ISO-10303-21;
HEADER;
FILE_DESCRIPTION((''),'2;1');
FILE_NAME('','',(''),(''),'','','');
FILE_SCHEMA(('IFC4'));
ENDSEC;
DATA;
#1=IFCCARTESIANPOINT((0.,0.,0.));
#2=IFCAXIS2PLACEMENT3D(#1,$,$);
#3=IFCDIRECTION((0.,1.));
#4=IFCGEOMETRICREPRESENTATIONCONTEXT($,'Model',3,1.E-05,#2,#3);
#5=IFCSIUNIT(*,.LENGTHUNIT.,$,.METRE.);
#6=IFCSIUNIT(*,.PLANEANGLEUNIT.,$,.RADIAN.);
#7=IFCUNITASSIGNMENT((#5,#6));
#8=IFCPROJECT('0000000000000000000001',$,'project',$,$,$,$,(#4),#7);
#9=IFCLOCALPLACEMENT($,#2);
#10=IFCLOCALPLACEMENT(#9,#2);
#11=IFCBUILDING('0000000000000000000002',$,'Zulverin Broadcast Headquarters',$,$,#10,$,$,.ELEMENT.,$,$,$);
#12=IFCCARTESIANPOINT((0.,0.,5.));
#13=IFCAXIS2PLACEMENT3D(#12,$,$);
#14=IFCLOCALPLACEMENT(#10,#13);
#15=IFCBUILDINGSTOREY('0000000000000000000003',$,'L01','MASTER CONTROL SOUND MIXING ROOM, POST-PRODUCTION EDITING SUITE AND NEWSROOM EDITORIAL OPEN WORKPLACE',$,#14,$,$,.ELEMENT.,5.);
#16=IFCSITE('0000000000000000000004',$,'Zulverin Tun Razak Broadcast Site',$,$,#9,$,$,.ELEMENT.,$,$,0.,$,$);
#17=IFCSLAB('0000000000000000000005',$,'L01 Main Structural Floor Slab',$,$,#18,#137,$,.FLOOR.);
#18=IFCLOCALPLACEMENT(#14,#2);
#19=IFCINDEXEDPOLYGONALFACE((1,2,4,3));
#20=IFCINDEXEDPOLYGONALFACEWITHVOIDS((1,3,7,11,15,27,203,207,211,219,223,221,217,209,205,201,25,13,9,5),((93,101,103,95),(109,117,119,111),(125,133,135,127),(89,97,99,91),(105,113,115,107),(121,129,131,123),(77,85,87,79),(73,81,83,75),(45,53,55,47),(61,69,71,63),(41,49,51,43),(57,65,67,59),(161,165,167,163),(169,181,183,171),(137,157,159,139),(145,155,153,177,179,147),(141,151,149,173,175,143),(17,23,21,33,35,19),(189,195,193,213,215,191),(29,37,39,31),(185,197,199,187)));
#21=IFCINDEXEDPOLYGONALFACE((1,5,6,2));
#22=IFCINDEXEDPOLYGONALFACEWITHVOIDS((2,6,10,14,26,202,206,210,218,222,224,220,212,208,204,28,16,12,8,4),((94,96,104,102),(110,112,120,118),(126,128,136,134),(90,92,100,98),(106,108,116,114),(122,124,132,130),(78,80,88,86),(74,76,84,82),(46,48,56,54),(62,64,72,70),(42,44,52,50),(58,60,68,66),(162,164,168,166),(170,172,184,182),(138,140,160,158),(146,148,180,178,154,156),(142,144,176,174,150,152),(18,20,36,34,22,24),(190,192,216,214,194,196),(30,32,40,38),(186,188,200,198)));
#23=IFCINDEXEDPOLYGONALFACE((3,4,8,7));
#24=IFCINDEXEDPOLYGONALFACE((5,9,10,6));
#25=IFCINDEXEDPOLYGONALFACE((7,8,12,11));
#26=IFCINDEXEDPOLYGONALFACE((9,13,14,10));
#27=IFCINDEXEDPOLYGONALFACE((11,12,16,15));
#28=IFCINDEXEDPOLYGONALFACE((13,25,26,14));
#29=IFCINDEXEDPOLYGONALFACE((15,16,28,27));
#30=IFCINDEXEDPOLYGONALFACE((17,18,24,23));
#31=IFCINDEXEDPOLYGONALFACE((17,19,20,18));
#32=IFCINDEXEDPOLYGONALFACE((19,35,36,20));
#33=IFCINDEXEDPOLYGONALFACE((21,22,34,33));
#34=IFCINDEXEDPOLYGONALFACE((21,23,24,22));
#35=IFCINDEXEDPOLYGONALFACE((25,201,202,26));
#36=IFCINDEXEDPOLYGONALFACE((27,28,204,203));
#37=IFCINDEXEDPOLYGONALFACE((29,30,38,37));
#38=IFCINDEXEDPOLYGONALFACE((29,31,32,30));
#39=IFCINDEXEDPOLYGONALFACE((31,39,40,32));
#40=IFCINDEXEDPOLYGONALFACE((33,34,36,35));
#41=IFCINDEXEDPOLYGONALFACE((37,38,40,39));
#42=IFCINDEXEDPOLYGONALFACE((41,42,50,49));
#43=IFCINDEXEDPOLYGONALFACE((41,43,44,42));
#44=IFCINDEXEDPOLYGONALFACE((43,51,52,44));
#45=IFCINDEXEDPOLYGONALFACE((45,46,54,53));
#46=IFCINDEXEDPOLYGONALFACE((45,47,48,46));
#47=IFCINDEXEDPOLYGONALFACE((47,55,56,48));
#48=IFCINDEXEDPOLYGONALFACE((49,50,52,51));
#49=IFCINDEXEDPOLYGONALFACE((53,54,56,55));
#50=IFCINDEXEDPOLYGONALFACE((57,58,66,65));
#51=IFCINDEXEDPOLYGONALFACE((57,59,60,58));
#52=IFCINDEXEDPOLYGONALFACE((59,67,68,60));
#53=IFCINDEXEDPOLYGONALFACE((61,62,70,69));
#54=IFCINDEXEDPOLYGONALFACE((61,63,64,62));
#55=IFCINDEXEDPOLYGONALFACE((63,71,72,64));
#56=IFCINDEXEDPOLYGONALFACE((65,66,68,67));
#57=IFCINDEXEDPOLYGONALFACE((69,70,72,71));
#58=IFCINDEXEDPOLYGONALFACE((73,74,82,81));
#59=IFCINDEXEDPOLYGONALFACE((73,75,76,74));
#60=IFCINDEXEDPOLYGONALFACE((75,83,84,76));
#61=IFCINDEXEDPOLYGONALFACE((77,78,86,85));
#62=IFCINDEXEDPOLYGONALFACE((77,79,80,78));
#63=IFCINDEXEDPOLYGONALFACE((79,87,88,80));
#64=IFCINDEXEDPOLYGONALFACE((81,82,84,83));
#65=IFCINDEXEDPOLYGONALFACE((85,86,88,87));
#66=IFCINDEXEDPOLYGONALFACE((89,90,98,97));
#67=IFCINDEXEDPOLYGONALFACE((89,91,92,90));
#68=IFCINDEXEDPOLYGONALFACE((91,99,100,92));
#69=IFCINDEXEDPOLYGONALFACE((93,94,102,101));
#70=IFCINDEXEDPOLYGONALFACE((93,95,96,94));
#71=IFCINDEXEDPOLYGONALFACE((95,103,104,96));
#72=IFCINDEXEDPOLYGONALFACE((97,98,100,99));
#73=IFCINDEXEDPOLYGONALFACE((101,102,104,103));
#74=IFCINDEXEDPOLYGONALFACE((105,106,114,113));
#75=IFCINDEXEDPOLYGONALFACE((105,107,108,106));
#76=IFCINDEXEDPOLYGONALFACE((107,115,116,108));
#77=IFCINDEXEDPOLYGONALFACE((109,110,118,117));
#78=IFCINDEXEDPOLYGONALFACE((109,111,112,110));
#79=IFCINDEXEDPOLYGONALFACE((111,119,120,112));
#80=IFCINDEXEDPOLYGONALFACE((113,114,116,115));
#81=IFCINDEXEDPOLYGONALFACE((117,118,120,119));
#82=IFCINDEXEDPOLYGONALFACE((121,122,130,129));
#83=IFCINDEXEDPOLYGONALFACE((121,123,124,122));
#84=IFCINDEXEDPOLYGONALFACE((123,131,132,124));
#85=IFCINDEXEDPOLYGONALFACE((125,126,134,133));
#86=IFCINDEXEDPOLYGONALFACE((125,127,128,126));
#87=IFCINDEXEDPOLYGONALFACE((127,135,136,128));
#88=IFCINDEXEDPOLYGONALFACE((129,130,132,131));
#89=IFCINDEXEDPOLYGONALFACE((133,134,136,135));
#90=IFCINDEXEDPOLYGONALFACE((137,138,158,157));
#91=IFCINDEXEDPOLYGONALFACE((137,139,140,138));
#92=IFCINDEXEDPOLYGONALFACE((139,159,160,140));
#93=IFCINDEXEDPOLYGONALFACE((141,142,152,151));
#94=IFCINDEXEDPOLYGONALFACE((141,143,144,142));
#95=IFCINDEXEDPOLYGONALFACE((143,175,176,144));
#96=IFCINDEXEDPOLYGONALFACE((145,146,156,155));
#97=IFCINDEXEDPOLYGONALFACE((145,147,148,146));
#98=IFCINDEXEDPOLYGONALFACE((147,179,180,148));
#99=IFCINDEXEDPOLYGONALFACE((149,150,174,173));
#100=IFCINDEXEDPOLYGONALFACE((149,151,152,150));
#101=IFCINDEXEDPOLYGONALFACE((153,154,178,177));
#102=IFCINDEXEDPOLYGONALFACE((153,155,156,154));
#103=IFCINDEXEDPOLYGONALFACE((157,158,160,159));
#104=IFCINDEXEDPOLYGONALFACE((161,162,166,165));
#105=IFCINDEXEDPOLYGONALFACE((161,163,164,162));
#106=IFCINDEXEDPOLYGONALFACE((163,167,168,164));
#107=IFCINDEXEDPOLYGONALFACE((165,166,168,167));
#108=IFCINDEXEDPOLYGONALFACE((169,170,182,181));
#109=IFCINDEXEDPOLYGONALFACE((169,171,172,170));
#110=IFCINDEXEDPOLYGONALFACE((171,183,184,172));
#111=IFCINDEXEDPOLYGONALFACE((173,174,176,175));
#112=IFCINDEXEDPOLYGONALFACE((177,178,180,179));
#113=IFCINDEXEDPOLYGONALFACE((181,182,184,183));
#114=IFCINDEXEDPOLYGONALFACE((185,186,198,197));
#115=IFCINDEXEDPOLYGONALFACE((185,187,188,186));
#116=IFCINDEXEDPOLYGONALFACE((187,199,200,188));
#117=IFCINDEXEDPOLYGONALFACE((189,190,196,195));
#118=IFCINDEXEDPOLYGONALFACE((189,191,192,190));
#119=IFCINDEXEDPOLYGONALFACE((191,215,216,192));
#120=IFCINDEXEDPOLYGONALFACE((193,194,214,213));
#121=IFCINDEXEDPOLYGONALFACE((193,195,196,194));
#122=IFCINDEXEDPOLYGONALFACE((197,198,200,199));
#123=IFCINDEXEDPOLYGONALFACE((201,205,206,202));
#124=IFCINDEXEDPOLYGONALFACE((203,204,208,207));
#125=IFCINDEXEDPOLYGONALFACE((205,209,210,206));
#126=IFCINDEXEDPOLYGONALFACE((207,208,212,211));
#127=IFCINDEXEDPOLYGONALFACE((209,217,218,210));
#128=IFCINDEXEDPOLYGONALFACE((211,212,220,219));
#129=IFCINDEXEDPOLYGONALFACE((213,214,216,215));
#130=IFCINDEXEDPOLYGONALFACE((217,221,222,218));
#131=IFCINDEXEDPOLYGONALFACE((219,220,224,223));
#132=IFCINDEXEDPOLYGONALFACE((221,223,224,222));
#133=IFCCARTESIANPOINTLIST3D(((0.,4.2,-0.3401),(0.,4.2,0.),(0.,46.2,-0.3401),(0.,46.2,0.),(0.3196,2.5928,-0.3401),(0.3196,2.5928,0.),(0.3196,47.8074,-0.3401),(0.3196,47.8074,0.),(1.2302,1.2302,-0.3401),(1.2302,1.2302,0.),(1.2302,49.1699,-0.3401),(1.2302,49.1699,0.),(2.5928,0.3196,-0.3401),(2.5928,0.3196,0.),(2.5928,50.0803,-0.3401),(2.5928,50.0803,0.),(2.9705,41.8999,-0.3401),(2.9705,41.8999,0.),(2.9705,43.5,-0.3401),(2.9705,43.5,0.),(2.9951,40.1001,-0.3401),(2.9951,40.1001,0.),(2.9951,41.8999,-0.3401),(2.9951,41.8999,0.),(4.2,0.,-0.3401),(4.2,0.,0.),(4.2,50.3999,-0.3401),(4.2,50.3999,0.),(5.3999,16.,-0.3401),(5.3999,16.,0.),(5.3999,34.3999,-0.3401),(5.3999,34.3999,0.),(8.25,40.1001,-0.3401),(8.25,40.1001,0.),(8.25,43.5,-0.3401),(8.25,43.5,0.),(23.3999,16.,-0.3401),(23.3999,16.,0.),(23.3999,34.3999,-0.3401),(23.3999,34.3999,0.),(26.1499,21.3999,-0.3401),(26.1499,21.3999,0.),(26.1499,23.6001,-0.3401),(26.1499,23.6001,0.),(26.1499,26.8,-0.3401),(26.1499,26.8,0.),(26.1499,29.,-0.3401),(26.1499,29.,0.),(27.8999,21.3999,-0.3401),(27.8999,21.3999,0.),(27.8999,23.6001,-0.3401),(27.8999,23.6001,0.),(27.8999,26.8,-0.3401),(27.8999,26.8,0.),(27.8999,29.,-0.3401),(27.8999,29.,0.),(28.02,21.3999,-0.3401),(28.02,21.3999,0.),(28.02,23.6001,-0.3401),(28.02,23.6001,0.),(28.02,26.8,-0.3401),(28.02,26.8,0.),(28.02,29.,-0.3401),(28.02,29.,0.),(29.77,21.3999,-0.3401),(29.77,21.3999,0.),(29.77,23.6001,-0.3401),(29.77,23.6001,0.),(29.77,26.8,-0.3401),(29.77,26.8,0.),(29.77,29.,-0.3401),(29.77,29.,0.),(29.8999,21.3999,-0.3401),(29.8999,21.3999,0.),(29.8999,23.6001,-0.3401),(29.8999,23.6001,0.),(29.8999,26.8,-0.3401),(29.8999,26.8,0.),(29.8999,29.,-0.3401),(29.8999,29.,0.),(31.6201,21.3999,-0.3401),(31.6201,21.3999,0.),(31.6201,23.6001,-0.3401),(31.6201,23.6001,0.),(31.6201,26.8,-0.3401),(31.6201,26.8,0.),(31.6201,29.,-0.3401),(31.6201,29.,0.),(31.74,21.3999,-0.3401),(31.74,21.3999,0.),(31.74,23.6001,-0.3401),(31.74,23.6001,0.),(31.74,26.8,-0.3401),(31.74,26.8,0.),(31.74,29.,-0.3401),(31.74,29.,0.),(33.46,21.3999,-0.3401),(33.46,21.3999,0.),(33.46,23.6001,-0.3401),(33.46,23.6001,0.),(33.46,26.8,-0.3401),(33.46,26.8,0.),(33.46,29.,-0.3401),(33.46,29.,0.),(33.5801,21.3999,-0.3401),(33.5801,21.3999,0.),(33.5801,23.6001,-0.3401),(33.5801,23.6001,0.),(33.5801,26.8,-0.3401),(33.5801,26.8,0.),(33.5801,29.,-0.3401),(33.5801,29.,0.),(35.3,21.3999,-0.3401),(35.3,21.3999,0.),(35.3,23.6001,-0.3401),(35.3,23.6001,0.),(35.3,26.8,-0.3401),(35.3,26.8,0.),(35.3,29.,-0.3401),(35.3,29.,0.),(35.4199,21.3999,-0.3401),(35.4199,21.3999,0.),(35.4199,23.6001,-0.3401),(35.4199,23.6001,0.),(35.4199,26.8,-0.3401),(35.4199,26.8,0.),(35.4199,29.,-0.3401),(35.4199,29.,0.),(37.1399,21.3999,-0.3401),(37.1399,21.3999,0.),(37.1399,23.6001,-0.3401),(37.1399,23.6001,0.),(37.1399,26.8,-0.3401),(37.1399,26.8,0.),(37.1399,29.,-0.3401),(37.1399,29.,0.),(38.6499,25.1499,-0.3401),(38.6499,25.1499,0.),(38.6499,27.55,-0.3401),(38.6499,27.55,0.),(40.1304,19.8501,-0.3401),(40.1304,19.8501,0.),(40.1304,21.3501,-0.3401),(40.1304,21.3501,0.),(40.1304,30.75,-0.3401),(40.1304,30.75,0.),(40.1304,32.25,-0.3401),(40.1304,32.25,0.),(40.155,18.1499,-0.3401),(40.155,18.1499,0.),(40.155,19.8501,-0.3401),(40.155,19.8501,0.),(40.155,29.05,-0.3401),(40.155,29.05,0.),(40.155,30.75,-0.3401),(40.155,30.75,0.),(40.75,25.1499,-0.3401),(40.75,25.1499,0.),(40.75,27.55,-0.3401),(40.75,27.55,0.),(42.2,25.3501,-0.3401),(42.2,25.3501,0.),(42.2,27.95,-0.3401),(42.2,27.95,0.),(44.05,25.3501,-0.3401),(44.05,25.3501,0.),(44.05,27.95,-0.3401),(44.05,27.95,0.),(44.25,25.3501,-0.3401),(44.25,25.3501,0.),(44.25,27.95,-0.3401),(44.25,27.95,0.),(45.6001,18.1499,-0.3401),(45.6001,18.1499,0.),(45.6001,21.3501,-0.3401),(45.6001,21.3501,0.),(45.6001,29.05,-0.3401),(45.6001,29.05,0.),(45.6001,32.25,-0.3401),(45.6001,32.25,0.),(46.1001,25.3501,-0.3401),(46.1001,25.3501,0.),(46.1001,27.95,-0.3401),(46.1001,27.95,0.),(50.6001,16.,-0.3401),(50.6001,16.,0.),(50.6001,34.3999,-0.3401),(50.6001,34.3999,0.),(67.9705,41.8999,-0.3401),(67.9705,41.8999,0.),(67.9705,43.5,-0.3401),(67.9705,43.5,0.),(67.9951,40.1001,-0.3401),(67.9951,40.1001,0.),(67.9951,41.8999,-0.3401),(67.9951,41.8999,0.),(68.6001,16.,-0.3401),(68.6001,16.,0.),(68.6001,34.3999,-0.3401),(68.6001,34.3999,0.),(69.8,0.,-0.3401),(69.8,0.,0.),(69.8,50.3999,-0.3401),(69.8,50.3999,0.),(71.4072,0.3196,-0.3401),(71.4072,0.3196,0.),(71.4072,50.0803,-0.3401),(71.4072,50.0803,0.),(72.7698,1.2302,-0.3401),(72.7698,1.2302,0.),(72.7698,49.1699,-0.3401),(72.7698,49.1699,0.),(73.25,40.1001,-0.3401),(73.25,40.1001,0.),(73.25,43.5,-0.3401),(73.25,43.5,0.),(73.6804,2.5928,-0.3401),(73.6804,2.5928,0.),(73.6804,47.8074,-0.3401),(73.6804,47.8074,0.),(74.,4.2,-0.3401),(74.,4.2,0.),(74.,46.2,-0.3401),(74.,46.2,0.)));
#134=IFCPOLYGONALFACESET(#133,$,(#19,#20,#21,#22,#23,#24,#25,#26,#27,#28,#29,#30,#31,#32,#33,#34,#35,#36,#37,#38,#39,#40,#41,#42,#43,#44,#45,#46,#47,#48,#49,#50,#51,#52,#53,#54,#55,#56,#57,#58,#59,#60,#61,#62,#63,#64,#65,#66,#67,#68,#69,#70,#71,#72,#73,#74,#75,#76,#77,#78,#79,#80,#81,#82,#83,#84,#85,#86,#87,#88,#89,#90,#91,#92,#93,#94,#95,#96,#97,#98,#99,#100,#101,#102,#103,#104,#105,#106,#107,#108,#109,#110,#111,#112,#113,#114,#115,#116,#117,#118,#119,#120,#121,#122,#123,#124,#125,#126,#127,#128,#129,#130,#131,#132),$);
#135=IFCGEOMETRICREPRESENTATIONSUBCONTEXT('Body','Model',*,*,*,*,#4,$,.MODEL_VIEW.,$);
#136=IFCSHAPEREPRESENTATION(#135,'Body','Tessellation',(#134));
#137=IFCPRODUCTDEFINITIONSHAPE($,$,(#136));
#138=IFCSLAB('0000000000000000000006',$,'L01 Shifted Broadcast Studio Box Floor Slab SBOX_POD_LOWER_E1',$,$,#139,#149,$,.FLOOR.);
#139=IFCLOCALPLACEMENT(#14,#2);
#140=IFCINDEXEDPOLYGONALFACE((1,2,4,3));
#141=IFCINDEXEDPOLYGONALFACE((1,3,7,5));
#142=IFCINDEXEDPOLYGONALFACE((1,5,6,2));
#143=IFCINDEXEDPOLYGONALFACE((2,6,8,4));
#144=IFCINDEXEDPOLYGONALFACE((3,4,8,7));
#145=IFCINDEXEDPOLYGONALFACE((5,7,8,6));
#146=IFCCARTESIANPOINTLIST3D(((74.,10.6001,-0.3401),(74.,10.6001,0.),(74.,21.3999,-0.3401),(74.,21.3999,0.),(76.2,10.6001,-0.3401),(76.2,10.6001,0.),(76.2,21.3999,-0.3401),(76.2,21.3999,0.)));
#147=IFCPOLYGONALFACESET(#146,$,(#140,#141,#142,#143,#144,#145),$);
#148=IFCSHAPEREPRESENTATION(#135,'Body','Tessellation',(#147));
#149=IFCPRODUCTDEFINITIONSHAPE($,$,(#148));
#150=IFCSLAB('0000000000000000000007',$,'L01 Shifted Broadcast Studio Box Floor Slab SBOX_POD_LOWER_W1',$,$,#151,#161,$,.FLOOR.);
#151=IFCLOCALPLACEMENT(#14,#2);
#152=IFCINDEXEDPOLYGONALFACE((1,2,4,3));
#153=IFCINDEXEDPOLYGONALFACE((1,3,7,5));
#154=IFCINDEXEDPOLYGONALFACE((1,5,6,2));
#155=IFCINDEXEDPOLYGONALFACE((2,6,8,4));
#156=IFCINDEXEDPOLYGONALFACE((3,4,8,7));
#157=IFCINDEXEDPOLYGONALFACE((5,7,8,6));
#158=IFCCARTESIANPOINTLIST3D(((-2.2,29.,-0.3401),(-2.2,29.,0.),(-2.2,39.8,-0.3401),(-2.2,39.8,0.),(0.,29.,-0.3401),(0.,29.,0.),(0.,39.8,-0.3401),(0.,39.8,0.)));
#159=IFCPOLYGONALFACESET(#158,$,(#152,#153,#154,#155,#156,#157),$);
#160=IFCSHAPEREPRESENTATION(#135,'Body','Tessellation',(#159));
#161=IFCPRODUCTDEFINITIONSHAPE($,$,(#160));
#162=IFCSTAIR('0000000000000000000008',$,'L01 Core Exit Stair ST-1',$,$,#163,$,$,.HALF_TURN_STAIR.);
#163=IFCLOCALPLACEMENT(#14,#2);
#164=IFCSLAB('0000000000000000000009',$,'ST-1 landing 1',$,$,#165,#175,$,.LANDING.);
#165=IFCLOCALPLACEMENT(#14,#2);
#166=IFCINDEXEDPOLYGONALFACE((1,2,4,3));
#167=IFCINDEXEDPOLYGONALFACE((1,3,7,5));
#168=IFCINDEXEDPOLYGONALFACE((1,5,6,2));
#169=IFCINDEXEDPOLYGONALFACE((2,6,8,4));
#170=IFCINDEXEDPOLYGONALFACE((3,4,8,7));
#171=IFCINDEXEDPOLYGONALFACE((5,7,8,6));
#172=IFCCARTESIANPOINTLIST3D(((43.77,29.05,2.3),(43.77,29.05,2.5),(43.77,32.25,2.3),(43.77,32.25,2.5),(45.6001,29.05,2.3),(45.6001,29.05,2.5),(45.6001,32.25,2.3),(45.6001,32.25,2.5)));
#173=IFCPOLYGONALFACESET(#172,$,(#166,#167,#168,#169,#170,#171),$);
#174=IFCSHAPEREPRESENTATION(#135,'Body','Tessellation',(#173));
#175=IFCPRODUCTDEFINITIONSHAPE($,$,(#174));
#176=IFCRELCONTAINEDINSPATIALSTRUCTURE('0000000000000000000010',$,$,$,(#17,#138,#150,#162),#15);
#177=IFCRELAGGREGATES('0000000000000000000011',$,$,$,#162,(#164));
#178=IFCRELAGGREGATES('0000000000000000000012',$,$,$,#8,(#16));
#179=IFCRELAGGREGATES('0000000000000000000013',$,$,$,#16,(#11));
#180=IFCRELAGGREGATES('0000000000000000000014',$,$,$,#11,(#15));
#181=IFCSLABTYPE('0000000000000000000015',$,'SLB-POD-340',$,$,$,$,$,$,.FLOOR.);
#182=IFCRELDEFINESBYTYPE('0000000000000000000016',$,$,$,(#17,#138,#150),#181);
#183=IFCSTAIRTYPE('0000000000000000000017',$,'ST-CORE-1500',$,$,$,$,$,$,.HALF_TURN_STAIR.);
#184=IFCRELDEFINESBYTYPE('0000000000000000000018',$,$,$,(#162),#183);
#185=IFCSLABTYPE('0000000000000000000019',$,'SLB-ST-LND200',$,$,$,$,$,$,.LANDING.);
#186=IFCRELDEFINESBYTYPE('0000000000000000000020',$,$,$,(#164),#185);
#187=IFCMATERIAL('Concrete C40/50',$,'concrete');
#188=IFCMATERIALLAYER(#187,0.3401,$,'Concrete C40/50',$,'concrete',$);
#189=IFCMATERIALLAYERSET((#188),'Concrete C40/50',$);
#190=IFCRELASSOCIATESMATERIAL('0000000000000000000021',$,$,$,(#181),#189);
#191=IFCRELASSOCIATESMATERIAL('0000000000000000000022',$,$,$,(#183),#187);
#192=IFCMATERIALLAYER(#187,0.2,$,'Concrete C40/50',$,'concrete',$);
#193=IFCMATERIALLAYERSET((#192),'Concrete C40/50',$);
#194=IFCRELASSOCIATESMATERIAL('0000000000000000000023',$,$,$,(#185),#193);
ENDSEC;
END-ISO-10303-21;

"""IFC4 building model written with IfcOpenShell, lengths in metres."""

from ifc_helpers import new_model, si_unit, direction, frame, origin, place, context, subcontext, project, spatial, polyline, outline, extrude, material, layer, layer_set, type_object, element, aggregate, save


model = new_model("IFC4")

# Units and contexts
model_context = context("Model", 3, precision=1e-05, world=origin(), true_north=direction((0.0, 1.0)))
body_context = subcontext(model_context, "Body", "Model", "MODEL_VIEW")
ifc_project = project(units=[si_unit("LENGTHUNIT", "METRE"), si_unit("PLANEANGLEUNIT", "RADIAN")], contexts=[model_context])

# Site, building, storey
site_placement = place(None, origin())
site = spatial("IfcSite", under=ifc_project, at=site_placement, Name="Zulverin Tun Razak Broadcast Site", CompositionType="ELEMENT", RefElevation=0.0)
building_placement = place(site_placement, origin())
building = spatial("IfcBuilding", under=site, at=building_placement, Name="Zulverin Broadcast Headquarters", CompositionType="ELEMENT")
storey_placement = place(building_placement, frame((0.0, 0.0, 5.0)))
storey = spatial("IfcBuildingStorey", under=building, at=storey_placement, Name="L01", Description="MASTER CONTROL SOUND MIXING ROOM, POST-PRODUCTION EDITING SUITE AND NEWSROOM EDITORIAL OPEN WORKPLACE", CompositionType="ELEMENT", Elevation=5.0)

# Slabs
ifc_material_1 = material(Name="Concrete C40/50", Category="concrete")
ifc_layer_1 = layer(ifc_material_1, 0.3401, Name="Concrete C40/50", Category="concrete")
ifc_layer_set_1 = layer_set([ifc_layer_1], Name="Concrete C40/50")
slab_type_1 = type_object("IfcSlabType", Name="SLB-POD-340", PredefinedType="FLOOR", material=ifc_layer_set_1)
slab_1_placement = place(storey_placement, frame((0.0, 0.0, -0.3401)))
element("IfcSlab", 1, at=slab_1_placement, inside=storey, type_object=slab_type_1, Name="L01 Main Structural Floor Slab", PredefinedType="FLOOR", context=body_context, shape_type="SweptSolid", body=[
    extrude(outline(polyline([(69.8, 0.0), (71.4072, 0.3196), (72.7698, 1.2302), (73.6804, 2.5928), (74.0, 4.2), (74.0, 46.2), (73.6804, 47.8074), (72.7698, 49.1699), (71.4072, 50.0803), (69.8, 50.3999), (4.2, 50.3999), (2.5928, 50.0803), (1.2302, 49.1699), (0.3196, 47.8074), (0.0, 46.2), (0.0, 4.2), (0.3196, 2.5928), (1.2302, 1.2302), (2.5928, 0.3196), (4.2, 0.0), (69.8, 0.0)]), holes=[polyline([(40.155, 30.75), (40.1304, 30.75), (40.1304, 32.25), (45.6001, 32.25), (45.6001, 29.05), (40.155, 29.05), (40.155, 30.75)]), polyline([(40.155, 19.8501), (40.1304, 19.8501), (40.1304, 21.3501), (45.6001, 21.3501), (45.6001, 18.1499), (40.155, 18.1499), (40.155, 19.8501)]), polyline([(2.9951, 41.8999), (2.9705, 41.8999), (2.9705, 43.5), (8.25, 43.5), (8.25, 40.1001), (2.9951, 40.1001), (2.9951, 41.8999)]), polyline([(67.9951, 41.8999), (67.9705, 41.8999), (67.9705, 43.5), (73.25, 43.5), (73.25, 40.1001), (67.9951, 40.1001), (67.9951, 41.8999)]), polyline([(26.1499, 26.8), (27.8999, 26.8), (27.8999, 29.0), (26.1499, 29.0), (26.1499, 26.8)]), polyline([(28.02, 26.8), (29.77, 26.8), (29.77, 29.0), (28.02, 29.0), (28.02, 26.8)]), polyline([(26.1499, 21.3999), (27.8999, 21.3999), (27.8999, 23.6001), (26.1499, 23.6001), (26.1499, 21.3999)]), polyline([(28.02, 21.3999), (29.77, 21.3999), (29.77, 23.6001), (28.02, 23.6001), (28.02, 21.3999)]), polyline([(29.8999, 21.3999), (31.6201, 21.3999), (31.6201, 23.6001), (29.8999, 23.6001), (29.8999, 21.3999)]), polyline([(31.74, 21.3999), (33.46, 21.3999), (33.46, 23.6001), (31.74, 23.6001), (31.74, 21.3999)]), polyline([(33.5801, 21.3999), (35.3, 21.3999), (35.3, 23.6001), (33.5801, 23.6001), (33.5801, 21.3999)]), polyline([(35.4199, 21.3999), (37.1399, 21.3999), (37.1399, 23.6001), (35.4199, 23.6001), (35.4199, 21.3999)]), polyline([(29.8999, 26.8), (31.6201, 26.8), (31.6201, 29.0), (29.8999, 29.0), (29.8999, 26.8)]), polyline([(31.74, 26.8), (33.46, 26.8), (33.46, 29.0), (31.74, 29.0), (31.74, 26.8)]), polyline([(33.5801, 26.8), (35.3, 26.8), (35.3, 29.0), (33.5801, 29.0), (33.5801, 26.8)]), polyline([(35.4199, 26.8), (37.1399, 26.8), (37.1399, 29.0), (35.4199, 29.0), (35.4199, 26.8)]), polyline([(42.2, 25.3501), (44.05, 25.3501), (44.05, 27.95), (42.2, 27.95), (42.2, 25.3501)]), polyline([(44.25, 25.3501), (46.1001, 25.3501), (46.1001, 27.95), (44.25, 27.95), (44.25, 25.3501)]), polyline([(38.6499, 25.1499), (40.75, 25.1499), (40.75, 27.55), (38.6499, 27.55), (38.6499, 25.1499)]), polyline([(5.3999, 16.0), (23.3999, 16.0), (23.3999, 34.3999), (5.3999, 34.3999), (5.3999, 16.0)]), polyline([(50.6001, 16.0), (68.6001, 16.0), (68.6001, 34.3999), (50.6001, 34.3999), (50.6001, 16.0)])]), origin(), (0.0, 0.0, 1.0), 0.3401),
])
slab_2_placement = place(storey_placement, frame((0.0, 0.0, -0.3401)))
element("IfcSlab", 2, at=slab_2_placement, inside=storey, type_object=slab_type_1, Name="L01 Shifted Broadcast Studio Box Floor Slab SBOX_POD_LOWER_E1", PredefinedType="FLOOR", context=body_context, shape_type="SweptSolid", body=[
    extrude(outline(polyline([(74.0, 10.6001), (76.2, 10.6001), (76.2, 21.3999), (74.0, 21.3999), (74.0, 10.6001)])), origin(), (0.0, 0.0, 1.0), 0.3401),
])
slab_3_placement = place(storey_placement, frame((0.0, 0.0, -0.3401)))
element("IfcSlab", 3, at=slab_3_placement, inside=storey, type_object=slab_type_1, Name="L01 Shifted Broadcast Studio Box Floor Slab SBOX_POD_LOWER_W1", PredefinedType="FLOOR", context=body_context, shape_type="SweptSolid", body=[
    extrude(outline(polyline([(-2.2, 29.0), (0.0, 29.0), (0.0, 39.8), (-2.2, 39.8), (-2.2, 29.0)])), origin(), (0.0, 0.0, 1.0), 0.3401),
])

# Stair, slab
stair_type_1 = type_object("IfcStairType", Name="ST-CORE-1500", PredefinedType="HALF_TURN_STAIR", material=ifc_material_1)
stair_1_placement = place(storey_placement, origin())
stair_1 = element("IfcStair", 4, at=stair_1_placement, inside=storey, type_object=stair_type_1, Name="L01 Core Exit Stair ST-1", PredefinedType="HALF_TURN_STAIR")
ifc_layer_2 = layer(ifc_material_1, 0.2, Name="Concrete C40/50", Category="concrete")
ifc_layer_set_2 = layer_set([ifc_layer_2], Name="Concrete C40/50")
slab_type_2 = type_object("IfcSlabType", Name="SLB-ST-LND200", PredefinedType="LANDING", material=ifc_layer_set_2)
slab_4_placement = place(storey_placement, frame((0.0, 0.0, 2.3)))
slab_4 = element("IfcSlab", 5, at=slab_4_placement, type_object=slab_type_2, Name="ST-1 landing 1", PredefinedType="LANDING", context=body_context, shape_type="SweptSolid", body=[
    extrude(outline(polyline([(43.77, 29.05), (45.6001, 29.05), (45.6001, 32.25), (43.77, 32.25), (43.77, 29.05)])), origin(), (0.0, 0.0, 1.0), 0.2),
])
aggregate(stair_1, [slab_4])

save(model, "model.ifc")
